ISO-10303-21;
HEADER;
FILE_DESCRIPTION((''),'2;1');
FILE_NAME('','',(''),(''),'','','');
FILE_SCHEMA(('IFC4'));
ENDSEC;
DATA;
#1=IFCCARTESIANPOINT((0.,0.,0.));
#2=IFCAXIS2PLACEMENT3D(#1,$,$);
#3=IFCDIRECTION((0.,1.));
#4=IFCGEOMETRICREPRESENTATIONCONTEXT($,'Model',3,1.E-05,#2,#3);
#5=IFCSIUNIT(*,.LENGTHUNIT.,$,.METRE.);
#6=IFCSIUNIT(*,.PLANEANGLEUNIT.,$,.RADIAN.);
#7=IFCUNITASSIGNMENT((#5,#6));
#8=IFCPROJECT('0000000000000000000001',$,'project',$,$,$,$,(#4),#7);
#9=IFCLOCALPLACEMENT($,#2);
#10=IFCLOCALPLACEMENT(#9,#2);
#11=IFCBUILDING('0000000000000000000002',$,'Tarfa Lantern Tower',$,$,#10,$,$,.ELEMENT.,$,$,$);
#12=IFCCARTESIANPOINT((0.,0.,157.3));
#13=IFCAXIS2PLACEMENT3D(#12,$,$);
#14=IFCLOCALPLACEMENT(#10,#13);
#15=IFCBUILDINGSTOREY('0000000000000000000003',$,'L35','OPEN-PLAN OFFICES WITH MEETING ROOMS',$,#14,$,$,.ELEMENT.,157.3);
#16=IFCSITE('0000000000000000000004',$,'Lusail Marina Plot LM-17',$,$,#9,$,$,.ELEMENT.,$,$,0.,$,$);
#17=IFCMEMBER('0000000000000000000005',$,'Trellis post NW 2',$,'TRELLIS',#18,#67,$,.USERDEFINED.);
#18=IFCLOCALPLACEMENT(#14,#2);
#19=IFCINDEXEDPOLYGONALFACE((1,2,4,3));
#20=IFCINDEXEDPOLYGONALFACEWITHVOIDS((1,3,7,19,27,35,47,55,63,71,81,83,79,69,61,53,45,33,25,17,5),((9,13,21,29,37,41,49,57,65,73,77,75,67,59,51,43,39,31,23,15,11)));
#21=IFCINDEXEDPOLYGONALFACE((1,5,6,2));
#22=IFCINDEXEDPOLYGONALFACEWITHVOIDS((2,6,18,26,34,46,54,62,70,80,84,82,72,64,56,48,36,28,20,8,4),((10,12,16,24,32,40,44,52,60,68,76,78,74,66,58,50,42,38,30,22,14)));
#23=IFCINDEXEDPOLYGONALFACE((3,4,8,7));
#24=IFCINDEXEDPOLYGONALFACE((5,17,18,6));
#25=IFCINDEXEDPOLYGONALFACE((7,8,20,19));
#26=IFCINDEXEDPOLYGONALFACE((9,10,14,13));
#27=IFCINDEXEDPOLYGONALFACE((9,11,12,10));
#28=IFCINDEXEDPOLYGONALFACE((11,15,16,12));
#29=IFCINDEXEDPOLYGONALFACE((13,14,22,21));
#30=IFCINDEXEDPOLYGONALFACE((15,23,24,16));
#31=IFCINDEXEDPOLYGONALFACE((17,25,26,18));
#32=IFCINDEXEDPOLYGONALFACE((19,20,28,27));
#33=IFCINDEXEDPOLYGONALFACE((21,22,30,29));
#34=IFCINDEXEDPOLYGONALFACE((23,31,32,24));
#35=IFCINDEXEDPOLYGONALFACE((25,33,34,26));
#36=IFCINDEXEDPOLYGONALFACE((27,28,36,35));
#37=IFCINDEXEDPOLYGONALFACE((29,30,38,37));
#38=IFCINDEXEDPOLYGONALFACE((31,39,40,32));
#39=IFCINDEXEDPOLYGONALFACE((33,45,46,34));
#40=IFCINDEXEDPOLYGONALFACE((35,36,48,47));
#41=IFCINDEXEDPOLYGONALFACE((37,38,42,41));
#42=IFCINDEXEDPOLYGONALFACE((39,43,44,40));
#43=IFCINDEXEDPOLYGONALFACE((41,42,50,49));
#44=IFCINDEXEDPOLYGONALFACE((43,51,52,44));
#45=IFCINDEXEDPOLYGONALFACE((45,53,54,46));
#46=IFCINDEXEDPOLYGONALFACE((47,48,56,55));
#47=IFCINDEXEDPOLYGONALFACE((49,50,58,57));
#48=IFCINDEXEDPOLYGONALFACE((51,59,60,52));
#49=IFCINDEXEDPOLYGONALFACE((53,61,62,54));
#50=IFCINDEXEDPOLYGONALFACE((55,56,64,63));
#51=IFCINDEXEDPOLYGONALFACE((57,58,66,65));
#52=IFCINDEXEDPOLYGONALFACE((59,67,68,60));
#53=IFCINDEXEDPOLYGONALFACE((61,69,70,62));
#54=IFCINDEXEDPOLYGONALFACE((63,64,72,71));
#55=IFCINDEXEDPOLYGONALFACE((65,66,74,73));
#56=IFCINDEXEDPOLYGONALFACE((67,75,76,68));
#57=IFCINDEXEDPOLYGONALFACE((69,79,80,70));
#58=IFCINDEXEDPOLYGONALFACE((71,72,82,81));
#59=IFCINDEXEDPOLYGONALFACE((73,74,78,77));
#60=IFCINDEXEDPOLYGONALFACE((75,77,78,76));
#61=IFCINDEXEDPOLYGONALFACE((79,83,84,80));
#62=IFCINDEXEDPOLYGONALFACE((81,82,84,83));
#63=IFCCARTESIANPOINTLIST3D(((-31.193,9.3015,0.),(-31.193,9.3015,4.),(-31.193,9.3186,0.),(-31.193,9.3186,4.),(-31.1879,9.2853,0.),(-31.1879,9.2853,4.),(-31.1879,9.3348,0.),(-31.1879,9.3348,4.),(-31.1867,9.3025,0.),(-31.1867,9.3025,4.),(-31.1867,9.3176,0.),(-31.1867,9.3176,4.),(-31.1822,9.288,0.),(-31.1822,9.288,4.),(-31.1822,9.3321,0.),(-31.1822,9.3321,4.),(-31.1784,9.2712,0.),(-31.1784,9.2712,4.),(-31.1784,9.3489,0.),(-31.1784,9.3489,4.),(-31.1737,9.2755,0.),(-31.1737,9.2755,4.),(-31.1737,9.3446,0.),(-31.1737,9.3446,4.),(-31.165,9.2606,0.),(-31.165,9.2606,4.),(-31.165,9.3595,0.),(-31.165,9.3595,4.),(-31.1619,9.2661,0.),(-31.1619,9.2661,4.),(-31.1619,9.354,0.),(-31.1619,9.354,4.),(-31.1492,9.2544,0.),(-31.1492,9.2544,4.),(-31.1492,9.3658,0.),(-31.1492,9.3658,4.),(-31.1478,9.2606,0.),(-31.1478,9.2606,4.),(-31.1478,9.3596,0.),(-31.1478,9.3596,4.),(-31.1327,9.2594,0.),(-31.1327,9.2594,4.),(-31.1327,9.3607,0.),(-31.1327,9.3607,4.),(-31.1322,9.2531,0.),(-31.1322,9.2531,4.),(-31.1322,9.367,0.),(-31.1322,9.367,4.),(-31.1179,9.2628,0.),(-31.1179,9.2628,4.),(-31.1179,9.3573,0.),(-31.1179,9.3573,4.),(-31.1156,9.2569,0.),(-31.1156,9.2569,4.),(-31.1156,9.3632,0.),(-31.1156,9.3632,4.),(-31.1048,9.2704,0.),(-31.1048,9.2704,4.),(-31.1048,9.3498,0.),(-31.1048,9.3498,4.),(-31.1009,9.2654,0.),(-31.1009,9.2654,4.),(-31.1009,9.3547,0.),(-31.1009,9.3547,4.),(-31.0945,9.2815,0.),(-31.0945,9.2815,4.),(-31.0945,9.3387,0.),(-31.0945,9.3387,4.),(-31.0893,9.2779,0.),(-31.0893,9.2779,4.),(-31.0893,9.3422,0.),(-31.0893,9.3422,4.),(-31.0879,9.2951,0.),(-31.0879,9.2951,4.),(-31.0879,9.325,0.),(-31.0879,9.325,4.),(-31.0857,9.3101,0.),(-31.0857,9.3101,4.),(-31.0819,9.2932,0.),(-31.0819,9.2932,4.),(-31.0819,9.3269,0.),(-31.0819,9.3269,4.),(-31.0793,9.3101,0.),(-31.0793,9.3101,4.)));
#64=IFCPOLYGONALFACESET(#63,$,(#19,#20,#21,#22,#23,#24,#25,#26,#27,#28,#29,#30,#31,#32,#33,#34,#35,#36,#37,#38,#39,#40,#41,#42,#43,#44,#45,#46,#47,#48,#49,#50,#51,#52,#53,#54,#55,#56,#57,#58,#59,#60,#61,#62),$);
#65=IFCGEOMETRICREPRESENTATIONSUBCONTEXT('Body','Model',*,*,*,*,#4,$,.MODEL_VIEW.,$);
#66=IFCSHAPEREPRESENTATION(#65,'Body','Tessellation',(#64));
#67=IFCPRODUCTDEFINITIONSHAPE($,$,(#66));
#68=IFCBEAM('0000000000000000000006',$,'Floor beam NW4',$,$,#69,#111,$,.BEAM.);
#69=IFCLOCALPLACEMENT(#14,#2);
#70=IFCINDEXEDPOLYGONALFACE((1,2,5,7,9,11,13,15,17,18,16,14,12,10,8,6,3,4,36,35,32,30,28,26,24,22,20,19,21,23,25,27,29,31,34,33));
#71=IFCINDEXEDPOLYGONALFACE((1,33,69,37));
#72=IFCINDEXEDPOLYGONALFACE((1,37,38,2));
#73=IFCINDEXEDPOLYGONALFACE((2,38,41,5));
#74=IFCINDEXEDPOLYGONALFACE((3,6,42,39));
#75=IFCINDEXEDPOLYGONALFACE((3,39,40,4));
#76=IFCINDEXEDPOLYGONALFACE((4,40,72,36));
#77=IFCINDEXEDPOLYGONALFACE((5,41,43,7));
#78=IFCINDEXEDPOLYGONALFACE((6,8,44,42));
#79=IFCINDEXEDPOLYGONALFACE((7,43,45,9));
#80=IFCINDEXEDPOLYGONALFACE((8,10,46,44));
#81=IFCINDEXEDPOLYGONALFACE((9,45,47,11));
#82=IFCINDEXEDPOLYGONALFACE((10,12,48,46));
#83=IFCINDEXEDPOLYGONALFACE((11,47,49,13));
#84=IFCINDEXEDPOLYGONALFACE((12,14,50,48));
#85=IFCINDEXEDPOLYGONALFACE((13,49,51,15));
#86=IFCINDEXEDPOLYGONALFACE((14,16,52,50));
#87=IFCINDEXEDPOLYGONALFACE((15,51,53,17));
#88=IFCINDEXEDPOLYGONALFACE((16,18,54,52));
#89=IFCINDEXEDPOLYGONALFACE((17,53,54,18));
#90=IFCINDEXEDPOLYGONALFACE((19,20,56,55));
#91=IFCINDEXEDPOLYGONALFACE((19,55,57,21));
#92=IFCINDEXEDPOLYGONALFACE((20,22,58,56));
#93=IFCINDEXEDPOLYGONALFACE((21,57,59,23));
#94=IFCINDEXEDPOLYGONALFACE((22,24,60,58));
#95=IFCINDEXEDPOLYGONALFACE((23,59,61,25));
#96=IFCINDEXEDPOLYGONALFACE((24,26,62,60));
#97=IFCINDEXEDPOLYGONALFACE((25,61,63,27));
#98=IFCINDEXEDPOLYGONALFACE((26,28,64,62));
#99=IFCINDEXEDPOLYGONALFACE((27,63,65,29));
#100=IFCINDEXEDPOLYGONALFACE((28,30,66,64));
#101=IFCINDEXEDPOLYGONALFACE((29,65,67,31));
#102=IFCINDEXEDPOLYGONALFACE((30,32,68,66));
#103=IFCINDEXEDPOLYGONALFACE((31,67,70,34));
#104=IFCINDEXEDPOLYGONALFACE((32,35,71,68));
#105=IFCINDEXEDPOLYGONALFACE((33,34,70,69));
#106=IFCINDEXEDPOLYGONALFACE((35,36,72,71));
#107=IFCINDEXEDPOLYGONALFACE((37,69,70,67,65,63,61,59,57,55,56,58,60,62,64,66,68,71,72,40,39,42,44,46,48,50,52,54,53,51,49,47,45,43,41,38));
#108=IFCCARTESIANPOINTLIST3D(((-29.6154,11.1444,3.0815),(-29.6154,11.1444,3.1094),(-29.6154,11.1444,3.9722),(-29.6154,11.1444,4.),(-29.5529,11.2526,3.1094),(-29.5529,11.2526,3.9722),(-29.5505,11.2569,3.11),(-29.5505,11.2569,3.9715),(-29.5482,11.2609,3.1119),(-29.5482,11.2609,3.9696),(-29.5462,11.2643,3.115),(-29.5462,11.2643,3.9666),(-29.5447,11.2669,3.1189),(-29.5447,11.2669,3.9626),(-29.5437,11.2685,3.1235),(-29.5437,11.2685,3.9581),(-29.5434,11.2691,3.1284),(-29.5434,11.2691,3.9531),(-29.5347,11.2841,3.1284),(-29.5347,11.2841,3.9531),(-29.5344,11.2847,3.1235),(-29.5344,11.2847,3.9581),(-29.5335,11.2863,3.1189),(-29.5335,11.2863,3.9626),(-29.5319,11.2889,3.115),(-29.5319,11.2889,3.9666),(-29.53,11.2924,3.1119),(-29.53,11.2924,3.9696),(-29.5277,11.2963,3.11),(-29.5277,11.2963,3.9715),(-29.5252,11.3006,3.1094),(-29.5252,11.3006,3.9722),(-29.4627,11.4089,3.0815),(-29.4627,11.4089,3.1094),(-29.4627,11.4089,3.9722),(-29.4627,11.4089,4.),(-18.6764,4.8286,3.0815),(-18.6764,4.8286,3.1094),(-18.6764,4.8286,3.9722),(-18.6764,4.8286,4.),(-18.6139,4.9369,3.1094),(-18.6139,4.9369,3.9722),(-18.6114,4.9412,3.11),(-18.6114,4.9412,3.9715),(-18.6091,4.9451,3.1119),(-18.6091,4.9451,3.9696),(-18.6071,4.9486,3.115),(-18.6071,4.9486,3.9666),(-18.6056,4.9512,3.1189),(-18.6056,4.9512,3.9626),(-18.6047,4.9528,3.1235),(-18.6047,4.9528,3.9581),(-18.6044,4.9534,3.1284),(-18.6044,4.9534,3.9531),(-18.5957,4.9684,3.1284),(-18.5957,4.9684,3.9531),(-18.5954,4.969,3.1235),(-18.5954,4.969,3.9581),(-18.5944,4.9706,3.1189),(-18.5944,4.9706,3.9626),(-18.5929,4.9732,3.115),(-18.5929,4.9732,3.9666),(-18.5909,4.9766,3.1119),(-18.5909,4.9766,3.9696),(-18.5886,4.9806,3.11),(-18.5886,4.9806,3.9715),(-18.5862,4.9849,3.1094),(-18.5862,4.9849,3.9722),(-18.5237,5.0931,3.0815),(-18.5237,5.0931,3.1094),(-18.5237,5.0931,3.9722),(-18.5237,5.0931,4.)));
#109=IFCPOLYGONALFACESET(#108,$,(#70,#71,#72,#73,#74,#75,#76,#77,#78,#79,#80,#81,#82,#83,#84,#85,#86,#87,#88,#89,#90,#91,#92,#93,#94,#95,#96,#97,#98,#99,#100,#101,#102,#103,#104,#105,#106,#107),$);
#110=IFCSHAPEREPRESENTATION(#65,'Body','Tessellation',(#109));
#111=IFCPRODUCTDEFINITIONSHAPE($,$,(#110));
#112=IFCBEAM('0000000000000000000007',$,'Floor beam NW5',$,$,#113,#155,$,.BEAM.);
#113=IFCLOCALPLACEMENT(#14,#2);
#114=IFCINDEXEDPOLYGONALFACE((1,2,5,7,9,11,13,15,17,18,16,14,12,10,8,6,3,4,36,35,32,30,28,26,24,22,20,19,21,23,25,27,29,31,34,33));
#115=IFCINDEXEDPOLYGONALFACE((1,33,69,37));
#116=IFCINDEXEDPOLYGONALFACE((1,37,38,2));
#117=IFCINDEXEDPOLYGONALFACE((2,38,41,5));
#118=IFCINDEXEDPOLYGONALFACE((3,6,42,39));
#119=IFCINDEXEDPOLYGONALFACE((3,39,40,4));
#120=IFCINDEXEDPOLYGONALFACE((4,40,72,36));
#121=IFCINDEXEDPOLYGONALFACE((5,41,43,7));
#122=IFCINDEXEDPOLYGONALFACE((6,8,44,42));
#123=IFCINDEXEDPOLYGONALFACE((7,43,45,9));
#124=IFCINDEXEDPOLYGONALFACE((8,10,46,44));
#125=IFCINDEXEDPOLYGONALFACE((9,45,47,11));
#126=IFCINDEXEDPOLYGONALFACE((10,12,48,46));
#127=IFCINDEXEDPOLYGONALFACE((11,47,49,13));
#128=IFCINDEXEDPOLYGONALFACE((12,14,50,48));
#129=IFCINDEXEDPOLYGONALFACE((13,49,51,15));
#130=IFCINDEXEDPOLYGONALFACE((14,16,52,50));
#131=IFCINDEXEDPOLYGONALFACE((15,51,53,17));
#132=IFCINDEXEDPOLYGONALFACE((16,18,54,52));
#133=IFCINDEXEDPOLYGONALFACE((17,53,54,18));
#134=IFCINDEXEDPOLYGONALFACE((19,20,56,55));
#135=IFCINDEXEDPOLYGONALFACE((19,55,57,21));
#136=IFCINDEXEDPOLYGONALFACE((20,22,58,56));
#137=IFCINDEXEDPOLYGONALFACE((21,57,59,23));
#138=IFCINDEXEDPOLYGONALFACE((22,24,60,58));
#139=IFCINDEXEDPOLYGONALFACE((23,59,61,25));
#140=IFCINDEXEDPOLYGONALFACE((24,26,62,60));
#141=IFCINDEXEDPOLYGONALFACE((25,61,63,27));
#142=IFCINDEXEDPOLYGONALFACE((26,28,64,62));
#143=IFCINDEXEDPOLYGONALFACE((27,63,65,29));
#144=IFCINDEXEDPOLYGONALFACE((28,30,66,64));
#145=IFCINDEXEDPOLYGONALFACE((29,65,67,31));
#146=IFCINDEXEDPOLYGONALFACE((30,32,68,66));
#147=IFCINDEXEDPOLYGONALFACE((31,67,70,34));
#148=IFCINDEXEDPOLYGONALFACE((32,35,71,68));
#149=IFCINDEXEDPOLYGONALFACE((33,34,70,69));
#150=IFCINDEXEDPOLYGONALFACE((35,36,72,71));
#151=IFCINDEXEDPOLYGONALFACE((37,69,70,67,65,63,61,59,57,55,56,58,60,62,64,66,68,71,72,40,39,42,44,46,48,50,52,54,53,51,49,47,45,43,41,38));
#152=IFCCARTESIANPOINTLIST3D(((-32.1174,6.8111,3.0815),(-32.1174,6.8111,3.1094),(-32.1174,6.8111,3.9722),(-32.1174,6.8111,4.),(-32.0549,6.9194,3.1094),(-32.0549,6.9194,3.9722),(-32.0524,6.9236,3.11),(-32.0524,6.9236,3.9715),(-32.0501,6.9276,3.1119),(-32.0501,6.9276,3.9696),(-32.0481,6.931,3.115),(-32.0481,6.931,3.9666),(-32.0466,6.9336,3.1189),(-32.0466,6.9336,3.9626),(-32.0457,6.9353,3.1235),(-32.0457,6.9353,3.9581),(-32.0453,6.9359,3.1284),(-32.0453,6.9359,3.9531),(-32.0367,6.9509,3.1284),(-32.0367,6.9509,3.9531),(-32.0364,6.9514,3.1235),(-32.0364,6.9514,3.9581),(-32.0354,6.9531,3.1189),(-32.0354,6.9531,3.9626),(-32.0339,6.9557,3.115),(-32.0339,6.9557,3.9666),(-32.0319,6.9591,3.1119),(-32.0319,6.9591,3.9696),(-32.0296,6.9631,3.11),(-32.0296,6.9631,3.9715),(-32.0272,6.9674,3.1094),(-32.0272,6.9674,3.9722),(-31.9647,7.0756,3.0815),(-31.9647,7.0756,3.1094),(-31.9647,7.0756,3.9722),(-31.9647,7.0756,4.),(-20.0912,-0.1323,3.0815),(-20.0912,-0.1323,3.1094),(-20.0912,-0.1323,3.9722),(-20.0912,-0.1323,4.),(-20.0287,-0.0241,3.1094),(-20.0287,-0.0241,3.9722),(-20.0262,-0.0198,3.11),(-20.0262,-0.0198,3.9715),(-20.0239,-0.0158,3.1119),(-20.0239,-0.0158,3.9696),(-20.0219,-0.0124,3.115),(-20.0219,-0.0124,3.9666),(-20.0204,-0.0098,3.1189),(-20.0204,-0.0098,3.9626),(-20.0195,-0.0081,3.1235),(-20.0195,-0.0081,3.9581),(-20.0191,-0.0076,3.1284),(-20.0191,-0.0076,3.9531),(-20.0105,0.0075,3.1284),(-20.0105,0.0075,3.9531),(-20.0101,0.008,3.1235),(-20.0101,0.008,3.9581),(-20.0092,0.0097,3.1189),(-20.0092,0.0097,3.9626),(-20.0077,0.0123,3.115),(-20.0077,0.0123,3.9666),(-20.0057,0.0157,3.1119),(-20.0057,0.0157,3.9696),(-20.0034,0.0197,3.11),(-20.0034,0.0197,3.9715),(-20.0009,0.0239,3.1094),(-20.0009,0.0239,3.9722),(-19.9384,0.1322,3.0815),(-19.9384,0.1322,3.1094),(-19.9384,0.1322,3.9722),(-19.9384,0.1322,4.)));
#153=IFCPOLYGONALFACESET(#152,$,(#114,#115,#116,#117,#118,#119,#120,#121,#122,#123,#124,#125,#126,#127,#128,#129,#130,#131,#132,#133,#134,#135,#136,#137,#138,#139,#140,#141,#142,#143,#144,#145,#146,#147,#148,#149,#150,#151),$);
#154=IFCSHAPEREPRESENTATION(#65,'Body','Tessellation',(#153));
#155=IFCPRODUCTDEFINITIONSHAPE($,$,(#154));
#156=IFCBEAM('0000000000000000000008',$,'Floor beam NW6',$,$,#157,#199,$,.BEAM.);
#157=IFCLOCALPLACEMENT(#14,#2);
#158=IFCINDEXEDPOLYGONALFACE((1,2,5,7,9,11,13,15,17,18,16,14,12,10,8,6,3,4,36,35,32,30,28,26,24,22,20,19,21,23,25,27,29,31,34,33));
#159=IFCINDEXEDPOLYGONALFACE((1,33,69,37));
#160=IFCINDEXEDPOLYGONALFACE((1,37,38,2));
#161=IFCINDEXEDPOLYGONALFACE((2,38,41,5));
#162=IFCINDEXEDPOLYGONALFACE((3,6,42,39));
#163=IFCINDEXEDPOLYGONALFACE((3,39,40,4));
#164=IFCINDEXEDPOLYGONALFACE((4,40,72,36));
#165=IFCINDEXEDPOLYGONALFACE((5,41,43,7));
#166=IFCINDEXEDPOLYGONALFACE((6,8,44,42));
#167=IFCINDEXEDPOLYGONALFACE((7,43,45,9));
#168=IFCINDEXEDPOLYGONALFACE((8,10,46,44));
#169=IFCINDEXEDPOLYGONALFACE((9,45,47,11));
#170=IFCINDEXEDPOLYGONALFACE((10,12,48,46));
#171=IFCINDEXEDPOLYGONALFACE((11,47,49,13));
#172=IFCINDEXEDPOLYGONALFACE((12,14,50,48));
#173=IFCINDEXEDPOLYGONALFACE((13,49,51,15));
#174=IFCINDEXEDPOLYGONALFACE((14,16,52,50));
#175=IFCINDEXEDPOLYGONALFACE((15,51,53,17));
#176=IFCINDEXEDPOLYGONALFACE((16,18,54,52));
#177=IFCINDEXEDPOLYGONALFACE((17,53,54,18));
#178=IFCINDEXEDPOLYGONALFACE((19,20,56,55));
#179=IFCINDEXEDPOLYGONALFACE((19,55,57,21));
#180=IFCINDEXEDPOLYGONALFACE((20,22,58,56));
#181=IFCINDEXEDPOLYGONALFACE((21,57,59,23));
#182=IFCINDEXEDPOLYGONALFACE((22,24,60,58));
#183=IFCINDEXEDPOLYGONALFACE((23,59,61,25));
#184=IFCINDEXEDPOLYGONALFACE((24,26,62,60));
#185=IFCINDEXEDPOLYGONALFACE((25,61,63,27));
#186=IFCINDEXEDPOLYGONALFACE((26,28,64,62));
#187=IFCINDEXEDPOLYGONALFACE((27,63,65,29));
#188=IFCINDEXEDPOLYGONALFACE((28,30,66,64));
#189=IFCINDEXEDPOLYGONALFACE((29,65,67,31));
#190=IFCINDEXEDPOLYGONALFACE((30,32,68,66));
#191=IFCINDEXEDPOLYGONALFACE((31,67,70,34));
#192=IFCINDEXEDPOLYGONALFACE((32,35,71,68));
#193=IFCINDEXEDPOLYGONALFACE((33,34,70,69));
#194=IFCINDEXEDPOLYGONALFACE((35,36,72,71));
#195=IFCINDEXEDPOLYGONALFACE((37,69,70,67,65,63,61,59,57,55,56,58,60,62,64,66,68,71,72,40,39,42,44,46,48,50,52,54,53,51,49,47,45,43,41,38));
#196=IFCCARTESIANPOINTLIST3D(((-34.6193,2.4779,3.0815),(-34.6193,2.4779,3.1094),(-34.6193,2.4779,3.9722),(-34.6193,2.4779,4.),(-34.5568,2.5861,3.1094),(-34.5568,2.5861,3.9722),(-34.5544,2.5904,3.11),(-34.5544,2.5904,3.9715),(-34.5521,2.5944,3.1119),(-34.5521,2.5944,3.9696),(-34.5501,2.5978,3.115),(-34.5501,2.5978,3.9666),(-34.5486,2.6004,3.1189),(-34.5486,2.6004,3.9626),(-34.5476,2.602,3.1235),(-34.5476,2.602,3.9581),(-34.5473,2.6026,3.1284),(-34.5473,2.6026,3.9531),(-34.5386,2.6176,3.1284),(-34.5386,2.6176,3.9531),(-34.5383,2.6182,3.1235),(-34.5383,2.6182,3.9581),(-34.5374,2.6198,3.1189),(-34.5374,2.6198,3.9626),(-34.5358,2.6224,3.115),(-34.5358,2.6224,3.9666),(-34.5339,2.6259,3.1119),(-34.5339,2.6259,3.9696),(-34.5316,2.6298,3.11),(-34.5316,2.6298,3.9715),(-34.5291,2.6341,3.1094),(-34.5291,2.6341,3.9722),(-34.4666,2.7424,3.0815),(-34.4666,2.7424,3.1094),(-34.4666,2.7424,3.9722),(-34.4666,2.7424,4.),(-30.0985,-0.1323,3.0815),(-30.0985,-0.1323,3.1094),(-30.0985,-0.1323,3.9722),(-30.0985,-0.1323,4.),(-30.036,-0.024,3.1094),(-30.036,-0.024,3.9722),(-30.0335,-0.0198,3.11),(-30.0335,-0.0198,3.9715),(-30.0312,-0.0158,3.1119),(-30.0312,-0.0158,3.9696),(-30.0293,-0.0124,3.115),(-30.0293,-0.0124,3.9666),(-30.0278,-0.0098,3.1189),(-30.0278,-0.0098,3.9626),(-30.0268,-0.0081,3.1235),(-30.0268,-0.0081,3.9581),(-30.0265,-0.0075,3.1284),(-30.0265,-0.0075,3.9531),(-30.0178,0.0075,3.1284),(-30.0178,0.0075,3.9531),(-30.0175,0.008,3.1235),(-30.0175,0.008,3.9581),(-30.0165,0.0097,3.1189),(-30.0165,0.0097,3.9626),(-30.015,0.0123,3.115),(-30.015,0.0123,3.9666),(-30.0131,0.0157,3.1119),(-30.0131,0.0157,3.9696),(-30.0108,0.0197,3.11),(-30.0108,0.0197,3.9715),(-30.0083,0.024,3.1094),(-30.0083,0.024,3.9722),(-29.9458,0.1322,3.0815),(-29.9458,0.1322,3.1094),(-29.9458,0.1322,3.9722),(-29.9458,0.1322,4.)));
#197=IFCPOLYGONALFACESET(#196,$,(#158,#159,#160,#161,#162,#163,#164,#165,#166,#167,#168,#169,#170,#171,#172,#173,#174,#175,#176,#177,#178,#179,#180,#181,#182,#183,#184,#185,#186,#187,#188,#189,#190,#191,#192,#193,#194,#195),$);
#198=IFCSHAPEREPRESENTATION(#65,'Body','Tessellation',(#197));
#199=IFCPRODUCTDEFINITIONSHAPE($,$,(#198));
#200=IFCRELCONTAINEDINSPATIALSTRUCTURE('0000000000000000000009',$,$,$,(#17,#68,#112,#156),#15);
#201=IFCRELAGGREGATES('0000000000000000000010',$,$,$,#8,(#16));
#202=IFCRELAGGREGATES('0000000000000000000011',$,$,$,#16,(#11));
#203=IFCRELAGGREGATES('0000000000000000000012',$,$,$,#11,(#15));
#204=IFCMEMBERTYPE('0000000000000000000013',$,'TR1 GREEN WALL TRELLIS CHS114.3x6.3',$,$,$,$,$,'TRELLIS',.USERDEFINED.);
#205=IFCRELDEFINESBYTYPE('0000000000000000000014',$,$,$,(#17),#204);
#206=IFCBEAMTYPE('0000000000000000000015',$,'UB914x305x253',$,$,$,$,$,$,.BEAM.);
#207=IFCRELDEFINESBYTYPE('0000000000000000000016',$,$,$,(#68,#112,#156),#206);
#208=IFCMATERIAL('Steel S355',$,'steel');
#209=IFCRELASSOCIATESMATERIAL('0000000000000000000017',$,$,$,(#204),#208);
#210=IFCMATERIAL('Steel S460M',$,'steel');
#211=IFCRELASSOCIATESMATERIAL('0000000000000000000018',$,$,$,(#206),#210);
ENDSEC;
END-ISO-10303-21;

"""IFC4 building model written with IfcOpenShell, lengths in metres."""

from ifc_helpers import new_model, si_unit, direction, frame, origin, origin_2d, place, context, subcontext, project, spatial, hollow_circle, i_section, extrude, material, material_profile, profile_set, type_object, element, save


model = new_model("IFC4")

# Units and contexts
model_context = context("Model", 3, precision=1e-05, world=origin(), true_north=direction((0.0, 1.0)))
body_context = subcontext(model_context, "Body", "Model", "MODEL_VIEW")
ifc_project = project(units=[si_unit("LENGTHUNIT", "METRE"), si_unit("PLANEANGLEUNIT", "RADIAN")], contexts=[model_context])

# Site, building, storey
site_placement = place(None, origin())
site = spatial("IfcSite", under=ifc_project, at=site_placement, Name="Lusail Marina Plot LM-17", CompositionType="ELEMENT", RefElevation=0.0)
building_placement = place(site_placement, origin())
building = spatial("IfcBuilding", under=site, at=building_placement, Name="Tarfa Lantern Tower", CompositionType="ELEMENT")
storey_placement = place(building_placement, frame((0.0, 0.0, 157.3)))
storey = spatial("IfcBuildingStorey", under=building, at=storey_placement, Name="L35", Description="OPEN-PLAN OFFICES WITH MEETING ROOMS", CompositionType="ELEMENT", Elevation=157.3)

# Member
ifc_material_1 = material(Name="Steel S355", Category="steel")
ifc_material_profile_1 = material_profile(ifc_material_1, hollow_circle(Radius=0.0571, WallThickness=0.0063, at=origin_2d()), Name="CHS114.3x6.3")
ifc_profile_set_1 = profile_set([ifc_material_profile_1], Name="Steel S355")
member_type_1 = type_object("IfcMemberType", Name="TR1 GREEN WALL TRELLIS CHS114.3x6.3", ElementType="TRELLIS", PredefinedType="USERDEFINED", material=ifc_profile_set_1)
member_1_placement = place(storey_placement, frame((-31.1365, 9.3101, 0.0), z_axis=(0.0, 0.0, 1.0), x_axis=(1.0, 0.0, 0.0)))
element("IfcMember", 1, at=member_1_placement, inside=storey, type_object=member_type_1, Name="Trellis post NW 2", ObjectType="TRELLIS", PredefinedType="USERDEFINED", context=body_context, shape_type="SweptSolid", body=[
    extrude(hollow_circle(Radius=0.0571, WallThickness=0.0063, at=origin_2d()), origin(), (0.0, 0.0, 1.0), 4.0),
])

# Beams
ifc_material_2 = material(Name="Steel S460M", Category="steel")
ifc_material_profile_2 = material_profile(ifc_material_2, i_section(OverallWidth=0.3054, OverallDepth=0.9185, WebThickness=0.0173, FlangeThickness=0.0278, FilletRadius=0.019, at=origin_2d()), Name="UB914x305x253")
ifc_profile_set_2 = profile_set([ifc_material_profile_2], Name="Steel S460M")
beam_type_1 = type_object("IfcBeamType", Name="UB914x305x253", PredefinedType="BEAM", material=ifc_profile_set_2)
beam_1_placement = place(storey_placement, frame((-29.5391, 11.2766, 3.5408), z_axis=(0.866023, -0.500004, 0.0), x_axis=(0.500004, 0.866023, 0.0)))
element("IfcBeam", 2, at=beam_1_placement, inside=storey, type_object=beam_type_1, Name="Floor beam NW4", PredefinedType="BEAM", context=body_context, shape_type="SweptSolid", body=[
    extrude(i_section(OverallWidth=0.3054, OverallDepth=0.9185, WebThickness=0.0173, FlangeThickness=0.0278, FilletRadius=0.019, at=origin_2d()), origin(), (0.0, 0.0, 1.0), 12.6313),
])
beam_2_placement = place(storey_placement, frame((-32.041, 6.9434, 3.5408), z_axis=(0.866023, -0.500004, 0.0), x_axis=(0.500004, 0.866023, 0.0)))
element("IfcBeam", 3, at=beam_2_placement, inside=storey, type_object=beam_type_1, Name="Floor beam NW5", PredefinedType="BEAM", context=body_context, shape_type="SweptSolid", body=[
    extrude(i_section(OverallWidth=0.3054, OverallDepth=0.9185, WebThickness=0.0173, FlangeThickness=0.0278, FilletRadius=0.019, at=origin_2d()), origin(), (0.0, 0.0, 1.0), 13.8867),
])
beam_3_placement = place(storey_placement, frame((-34.543, 2.6101, 3.5408), z_axis=(0.866021, -0.500007, 0.0), x_axis=(0.500007, 0.866021, 0.0)))
element("IfcBeam", 4, at=beam_3_placement, inside=storey, type_object=beam_type_1, Name="Floor beam NW6", PredefinedType="BEAM", context=body_context, shape_type="SweptSolid", body=[
    extrude(i_section(OverallWidth=0.3054, OverallDepth=0.9185, WebThickness=0.0173, FlangeThickness=0.0278, FilletRadius=0.019, at=origin_2d()), origin(), (0.0, 0.0, 1.0), 5.2202),
])

save(model, "model.ifc")
